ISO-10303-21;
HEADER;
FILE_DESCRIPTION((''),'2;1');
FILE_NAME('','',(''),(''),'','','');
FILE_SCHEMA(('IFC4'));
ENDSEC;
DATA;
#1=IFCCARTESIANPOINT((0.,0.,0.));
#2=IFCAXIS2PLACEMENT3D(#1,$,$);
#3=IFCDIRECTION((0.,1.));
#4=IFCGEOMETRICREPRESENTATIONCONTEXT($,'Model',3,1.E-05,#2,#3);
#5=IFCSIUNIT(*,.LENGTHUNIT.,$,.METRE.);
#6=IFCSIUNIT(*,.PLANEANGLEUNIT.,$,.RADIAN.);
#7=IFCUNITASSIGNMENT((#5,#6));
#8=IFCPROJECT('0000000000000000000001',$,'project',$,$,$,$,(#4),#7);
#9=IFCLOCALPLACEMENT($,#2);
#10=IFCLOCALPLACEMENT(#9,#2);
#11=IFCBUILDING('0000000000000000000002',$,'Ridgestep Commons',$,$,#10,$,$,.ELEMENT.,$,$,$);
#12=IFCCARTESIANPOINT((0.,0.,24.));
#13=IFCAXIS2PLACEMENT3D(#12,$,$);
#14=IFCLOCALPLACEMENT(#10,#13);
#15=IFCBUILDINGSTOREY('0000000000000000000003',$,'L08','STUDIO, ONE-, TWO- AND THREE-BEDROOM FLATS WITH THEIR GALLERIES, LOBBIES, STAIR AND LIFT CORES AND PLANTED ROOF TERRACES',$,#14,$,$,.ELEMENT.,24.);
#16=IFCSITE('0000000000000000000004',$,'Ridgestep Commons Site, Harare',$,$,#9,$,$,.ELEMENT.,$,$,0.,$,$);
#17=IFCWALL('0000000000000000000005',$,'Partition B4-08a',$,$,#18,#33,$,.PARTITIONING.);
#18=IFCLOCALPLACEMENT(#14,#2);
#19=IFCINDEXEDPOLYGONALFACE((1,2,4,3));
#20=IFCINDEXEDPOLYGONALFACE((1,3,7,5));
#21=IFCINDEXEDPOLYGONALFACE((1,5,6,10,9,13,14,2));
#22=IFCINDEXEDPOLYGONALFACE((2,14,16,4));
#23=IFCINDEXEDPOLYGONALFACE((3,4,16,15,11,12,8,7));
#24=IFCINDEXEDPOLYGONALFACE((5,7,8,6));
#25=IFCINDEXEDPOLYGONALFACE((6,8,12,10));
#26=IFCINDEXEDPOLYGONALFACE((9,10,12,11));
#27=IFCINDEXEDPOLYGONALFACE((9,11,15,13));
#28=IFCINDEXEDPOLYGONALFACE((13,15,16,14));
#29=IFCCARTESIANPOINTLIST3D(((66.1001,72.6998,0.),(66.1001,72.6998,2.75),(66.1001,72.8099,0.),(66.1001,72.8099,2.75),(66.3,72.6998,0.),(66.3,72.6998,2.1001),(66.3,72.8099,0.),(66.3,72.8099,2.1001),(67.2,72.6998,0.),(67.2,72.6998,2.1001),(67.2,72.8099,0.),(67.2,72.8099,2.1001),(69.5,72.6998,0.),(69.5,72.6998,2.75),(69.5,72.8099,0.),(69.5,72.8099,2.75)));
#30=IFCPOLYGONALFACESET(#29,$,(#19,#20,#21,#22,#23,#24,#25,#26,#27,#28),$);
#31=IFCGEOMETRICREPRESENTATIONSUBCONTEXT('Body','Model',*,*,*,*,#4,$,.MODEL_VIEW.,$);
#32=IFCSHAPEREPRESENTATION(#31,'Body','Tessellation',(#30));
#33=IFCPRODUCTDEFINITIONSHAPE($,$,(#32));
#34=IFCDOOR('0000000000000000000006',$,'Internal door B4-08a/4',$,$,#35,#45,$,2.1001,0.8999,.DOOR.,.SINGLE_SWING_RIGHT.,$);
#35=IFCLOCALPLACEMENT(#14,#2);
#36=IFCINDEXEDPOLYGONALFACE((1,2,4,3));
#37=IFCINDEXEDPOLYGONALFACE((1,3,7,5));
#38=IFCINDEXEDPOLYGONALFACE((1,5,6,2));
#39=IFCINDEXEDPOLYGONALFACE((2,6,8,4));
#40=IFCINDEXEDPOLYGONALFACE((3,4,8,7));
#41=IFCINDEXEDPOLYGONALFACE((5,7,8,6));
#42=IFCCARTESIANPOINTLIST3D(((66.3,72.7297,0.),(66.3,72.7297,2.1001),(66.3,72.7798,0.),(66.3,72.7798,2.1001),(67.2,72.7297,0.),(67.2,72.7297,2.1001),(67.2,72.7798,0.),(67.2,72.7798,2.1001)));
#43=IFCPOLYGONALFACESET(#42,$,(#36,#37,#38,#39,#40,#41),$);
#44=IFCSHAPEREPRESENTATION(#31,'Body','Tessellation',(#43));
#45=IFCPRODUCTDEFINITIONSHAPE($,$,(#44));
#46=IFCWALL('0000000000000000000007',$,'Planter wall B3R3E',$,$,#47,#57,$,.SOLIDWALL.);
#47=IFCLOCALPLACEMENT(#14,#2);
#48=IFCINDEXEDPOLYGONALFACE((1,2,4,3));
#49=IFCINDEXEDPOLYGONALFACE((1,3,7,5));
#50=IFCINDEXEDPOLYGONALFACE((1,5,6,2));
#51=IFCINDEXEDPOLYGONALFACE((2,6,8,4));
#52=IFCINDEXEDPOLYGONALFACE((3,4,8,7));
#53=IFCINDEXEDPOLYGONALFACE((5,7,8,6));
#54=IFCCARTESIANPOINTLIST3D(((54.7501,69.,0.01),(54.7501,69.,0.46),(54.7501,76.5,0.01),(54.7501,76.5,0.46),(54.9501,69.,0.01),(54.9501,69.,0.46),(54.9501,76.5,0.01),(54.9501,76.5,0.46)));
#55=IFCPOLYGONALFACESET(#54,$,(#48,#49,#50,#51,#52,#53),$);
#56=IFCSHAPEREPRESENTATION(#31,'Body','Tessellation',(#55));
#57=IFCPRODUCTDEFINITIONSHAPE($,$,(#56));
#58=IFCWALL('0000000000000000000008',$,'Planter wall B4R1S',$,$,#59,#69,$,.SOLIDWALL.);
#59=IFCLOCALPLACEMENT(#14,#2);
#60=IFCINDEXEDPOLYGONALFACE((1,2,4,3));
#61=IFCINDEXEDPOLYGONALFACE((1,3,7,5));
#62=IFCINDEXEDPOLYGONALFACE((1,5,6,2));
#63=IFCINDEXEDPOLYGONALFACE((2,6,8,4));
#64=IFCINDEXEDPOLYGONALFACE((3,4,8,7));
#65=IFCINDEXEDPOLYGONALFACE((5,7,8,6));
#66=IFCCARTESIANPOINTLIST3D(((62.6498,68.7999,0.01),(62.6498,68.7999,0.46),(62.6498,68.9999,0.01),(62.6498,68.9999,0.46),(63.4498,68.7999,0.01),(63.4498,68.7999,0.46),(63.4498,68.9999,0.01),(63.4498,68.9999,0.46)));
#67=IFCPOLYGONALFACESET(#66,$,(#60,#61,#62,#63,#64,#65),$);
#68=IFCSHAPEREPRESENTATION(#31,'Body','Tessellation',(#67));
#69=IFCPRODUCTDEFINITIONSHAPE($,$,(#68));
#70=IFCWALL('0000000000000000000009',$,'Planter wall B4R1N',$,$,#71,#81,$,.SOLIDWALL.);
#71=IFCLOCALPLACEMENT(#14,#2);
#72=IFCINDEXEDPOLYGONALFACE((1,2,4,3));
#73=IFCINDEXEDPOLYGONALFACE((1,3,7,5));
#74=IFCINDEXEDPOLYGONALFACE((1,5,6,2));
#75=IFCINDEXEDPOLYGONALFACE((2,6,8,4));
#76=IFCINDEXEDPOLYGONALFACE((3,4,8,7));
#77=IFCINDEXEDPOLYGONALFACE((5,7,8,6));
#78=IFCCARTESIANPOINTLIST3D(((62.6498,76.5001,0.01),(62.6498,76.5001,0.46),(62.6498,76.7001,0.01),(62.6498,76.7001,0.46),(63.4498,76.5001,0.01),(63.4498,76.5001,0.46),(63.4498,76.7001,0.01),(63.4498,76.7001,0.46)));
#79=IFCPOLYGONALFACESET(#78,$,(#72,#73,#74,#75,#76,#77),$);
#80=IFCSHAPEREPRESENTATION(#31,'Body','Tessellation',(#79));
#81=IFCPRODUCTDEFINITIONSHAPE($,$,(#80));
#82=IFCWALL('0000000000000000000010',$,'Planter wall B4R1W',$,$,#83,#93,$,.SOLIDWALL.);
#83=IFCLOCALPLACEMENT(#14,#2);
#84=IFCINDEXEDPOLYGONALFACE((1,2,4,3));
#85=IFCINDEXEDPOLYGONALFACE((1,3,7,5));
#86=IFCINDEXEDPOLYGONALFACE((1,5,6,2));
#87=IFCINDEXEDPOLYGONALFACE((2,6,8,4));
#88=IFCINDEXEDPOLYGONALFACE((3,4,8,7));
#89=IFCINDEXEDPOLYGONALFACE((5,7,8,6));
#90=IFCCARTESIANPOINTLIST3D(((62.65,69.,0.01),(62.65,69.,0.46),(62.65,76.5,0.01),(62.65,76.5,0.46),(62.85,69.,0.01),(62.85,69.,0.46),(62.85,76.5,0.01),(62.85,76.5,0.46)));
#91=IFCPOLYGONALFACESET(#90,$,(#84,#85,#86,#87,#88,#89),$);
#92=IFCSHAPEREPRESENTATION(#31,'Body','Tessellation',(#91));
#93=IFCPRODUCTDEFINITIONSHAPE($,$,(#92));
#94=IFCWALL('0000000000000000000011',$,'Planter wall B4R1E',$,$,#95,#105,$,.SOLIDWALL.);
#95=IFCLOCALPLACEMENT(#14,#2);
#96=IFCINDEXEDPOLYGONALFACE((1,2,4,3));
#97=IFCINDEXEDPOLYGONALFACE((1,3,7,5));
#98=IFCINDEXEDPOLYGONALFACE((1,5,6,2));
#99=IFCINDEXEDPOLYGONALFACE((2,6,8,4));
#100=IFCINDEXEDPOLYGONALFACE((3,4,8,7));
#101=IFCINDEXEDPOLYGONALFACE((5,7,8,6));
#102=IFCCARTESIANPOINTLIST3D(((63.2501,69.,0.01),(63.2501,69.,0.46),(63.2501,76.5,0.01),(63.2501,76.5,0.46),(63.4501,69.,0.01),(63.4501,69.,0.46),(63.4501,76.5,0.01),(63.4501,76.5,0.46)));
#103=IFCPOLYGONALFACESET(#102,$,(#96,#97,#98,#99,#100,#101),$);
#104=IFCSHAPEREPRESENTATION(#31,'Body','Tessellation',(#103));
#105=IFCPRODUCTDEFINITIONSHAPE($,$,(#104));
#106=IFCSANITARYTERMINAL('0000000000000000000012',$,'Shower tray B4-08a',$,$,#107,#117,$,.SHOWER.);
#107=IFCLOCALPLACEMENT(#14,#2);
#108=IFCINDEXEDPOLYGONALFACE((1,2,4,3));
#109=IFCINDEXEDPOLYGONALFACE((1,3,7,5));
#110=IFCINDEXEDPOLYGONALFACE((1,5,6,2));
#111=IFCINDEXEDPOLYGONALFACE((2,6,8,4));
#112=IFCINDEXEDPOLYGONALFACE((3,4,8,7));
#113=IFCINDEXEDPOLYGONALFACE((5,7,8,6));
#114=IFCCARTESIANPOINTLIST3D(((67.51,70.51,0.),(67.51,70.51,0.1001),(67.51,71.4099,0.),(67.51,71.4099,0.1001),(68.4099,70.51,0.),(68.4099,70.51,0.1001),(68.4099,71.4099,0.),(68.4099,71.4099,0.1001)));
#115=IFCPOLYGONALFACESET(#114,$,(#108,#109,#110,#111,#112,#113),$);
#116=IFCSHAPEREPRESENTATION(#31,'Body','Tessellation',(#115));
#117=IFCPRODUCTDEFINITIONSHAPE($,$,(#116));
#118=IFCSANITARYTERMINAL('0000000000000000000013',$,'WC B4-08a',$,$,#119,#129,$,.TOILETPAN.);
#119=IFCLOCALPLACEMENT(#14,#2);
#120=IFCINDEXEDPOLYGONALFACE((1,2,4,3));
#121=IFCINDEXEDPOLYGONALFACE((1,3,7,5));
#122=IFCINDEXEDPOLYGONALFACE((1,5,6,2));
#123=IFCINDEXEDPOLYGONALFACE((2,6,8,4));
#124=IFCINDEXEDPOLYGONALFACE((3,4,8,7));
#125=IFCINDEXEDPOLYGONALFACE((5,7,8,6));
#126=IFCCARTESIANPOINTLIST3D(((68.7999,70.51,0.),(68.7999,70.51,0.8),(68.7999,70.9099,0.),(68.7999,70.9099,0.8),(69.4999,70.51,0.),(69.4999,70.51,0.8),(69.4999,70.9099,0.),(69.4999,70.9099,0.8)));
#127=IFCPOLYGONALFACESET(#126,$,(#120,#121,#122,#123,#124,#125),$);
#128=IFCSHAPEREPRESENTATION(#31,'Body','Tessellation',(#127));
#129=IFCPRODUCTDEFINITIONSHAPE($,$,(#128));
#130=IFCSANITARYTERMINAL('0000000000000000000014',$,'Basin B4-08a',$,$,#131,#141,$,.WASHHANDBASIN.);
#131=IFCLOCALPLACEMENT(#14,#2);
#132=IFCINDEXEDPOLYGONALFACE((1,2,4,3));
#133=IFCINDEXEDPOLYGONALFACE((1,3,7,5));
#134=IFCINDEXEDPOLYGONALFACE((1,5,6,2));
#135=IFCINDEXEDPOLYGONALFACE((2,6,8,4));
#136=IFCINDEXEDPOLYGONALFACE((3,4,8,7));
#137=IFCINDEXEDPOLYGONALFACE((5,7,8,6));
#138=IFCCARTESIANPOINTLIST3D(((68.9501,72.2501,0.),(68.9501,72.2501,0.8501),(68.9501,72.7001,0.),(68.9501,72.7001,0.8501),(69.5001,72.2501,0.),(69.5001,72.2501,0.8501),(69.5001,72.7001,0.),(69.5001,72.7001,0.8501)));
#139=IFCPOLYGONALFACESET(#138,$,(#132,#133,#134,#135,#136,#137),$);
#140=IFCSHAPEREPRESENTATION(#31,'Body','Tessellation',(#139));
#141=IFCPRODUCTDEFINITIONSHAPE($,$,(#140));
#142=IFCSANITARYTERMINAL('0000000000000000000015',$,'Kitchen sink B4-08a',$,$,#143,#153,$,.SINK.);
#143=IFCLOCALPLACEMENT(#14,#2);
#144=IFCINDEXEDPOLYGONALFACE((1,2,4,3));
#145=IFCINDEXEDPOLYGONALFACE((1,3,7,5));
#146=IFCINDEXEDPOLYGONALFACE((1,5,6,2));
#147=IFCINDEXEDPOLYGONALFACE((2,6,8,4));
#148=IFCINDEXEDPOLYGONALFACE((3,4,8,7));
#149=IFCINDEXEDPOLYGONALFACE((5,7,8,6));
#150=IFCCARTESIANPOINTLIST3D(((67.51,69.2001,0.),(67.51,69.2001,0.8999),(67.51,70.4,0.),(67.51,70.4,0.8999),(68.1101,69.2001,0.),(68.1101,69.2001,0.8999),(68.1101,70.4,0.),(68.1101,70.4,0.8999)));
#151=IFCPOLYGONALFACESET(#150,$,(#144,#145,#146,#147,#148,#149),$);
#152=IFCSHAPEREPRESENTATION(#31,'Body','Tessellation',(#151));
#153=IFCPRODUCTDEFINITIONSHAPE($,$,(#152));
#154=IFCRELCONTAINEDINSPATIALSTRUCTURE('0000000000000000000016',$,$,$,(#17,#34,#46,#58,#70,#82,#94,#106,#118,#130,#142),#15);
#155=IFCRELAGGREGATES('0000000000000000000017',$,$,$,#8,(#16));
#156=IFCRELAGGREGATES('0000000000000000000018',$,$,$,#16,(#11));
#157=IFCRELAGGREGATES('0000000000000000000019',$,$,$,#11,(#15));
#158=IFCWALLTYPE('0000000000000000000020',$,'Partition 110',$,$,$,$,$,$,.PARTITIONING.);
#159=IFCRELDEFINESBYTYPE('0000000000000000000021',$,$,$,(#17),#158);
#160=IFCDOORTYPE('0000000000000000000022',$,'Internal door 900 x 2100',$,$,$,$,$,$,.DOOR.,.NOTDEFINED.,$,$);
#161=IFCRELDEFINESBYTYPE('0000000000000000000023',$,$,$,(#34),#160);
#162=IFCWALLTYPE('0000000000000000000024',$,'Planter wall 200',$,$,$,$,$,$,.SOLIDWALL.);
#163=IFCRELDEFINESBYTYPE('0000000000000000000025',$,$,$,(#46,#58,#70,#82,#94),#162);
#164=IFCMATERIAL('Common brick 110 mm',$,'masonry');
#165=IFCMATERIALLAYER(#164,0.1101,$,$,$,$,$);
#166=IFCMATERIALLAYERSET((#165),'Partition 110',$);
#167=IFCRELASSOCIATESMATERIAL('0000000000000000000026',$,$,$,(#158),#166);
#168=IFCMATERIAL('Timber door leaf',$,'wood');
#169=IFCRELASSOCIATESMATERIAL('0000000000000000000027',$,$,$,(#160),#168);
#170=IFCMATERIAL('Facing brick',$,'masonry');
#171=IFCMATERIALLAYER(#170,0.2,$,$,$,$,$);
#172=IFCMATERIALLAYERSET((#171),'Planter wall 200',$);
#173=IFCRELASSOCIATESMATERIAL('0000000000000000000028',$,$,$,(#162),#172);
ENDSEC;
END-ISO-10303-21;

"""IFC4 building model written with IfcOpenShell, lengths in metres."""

from ifc_helpers import new_model, si_unit, direction, frame, frame_2d, origin, origin_2d, place, context, subcontext, project, spatial, rectangle, extrude, material, layer, layer_set, type_object, element, fill, save


model = new_model("IFC4")

# Units and contexts
model_context = context("Model", 3, precision=1e-05, world=origin(), true_north=direction((0.0, 1.0)))
body_context = subcontext(model_context, "Body", "Model", "MODEL_VIEW")
ifc_project = project(units=[si_unit("LENGTHUNIT", "METRE"), si_unit("PLANEANGLEUNIT", "RADIAN")], contexts=[model_context])

# Site, building, storey
site_placement = place(None, origin())
site = spatial("IfcSite", under=ifc_project, at=site_placement, Name="Ridgestep Commons Site, Harare", CompositionType="ELEMENT", RefElevation=0.0)
building_placement = place(site_placement, origin())
building = spatial("IfcBuilding", under=site, at=building_placement, Name="Ridgestep Commons", CompositionType="ELEMENT")
storey_placement = place(building_placement, frame((0.0, 0.0, 24.0)))
storey = spatial("IfcBuildingStorey", under=building, at=storey_placement, Name="L08", Description="STUDIO, ONE-, TWO- AND THREE-BEDROOM FLATS WITH THEIR GALLERIES, LOBBIES, STAIR AND LIFT CORES AND PLANTED ROOF TERRACES", CompositionType="ELEMENT", Elevation=24.0)

# Shared definitions
ifc_material_1 = material(Name="Common brick 110 mm", Category="masonry")
ifc_layer_1 = layer(ifc_material_1, 0.1101)
ifc_layer_set_1 = layer_set([ifc_layer_1], Name="Partition 110")
wall_type_1 = type_object("IfcWallType", Name="Partition 110", PredefinedType="PARTITIONING", material=ifc_layer_set_1)

# Wall, opening, door
wall_1_placement = place(storey_placement, frame((66.1001, 72.7549, 0.0), z_axis=(0.0, 0.0, 1.0), x_axis=(1.0, 0.0, 0.0)))
wall_1 = element("IfcWall", 1, at=wall_1_placement, inside=storey, type_object=wall_type_1, Name="Partition B4-08a", PredefinedType="PARTITIONING", context=body_context, shape_type="SweptSolid", body=[
    extrude(rectangle(XDim=3.3999, YDim=0.1101, at=frame_2d((1.7, 0.0))), origin(), (0.0, 0.0, 1.0), 2.75),
])
opening_1_placement = place(wall_1_placement, frame((0.2, 0.0, 0.0)))
opening_1 = element("IfcOpeningElement", 2, at=opening_1_placement, cuts=wall_1, PredefinedType="OPENING", context=body_context, shape_type="SweptSolid", body=[
    extrude(rectangle(XDim=0.8999, YDim=2.1001, at=frame_2d((0.45, 1.05))), frame((0.0, 0.0649, 0.0), z_axis=(0.0, -1.0, 0.0), x_axis=(1.0, 0.0, 0.0)), (0.0, 0.0, 1.0), 0.1301),
])
ifc_material_2 = material(Name="Timber door leaf", Category="wood")
door_type_1 = type_object("IfcDoorType", Name="Internal door 900 x 2100", OperationType="NOTDEFINED", PredefinedType="DOOR", material=ifc_material_2)
door_1_placement = place(opening_1_placement, origin())
door_1 = element("IfcDoor", 3, at=door_1_placement, inside=storey, type_object=door_type_1, Name="Internal door B4-08a/4", OperationType="SINGLE_SWING_RIGHT", OverallHeight=2.1001, OverallWidth=0.8999, PredefinedType="DOOR", context=body_context, shape_type="SweptSolid", body=[
    extrude(rectangle(XDim=0.8999, YDim=2.1001, at=frame_2d((0.45, 1.05))), frame((0.0, 0.0249, 0.0), z_axis=(0.0, -1.0, 0.0), x_axis=(1.0, 0.0, 0.0)), (0.0, 0.0, 1.0), 0.05),
])
fill(opening_1, door_1)

# Walls
ifc_material_3 = material(Name="Facing brick", Category="masonry")
ifc_layer_2 = layer(ifc_material_3, 0.2)
ifc_layer_set_2 = layer_set([ifc_layer_2], Name="Planter wall 200")
wall_type_2 = type_object("IfcWallType", Name="Planter wall 200", PredefinedType="SOLIDWALL", material=ifc_layer_set_2)
wall_2_placement = place(storey_placement, frame((54.8501, 69.0, 0.01), z_axis=(0.0, 0.0, 1.0), x_axis=(0.0, 1.0, 0.0)))
element("IfcWall", 4, at=wall_2_placement, inside=storey, type_object=wall_type_2, Name="Planter wall B3R3E", PredefinedType="SOLIDWALL", context=body_context, shape_type="SweptSolid", body=[
    extrude(rectangle(XDim=7.5, YDim=0.2, at=frame_2d((3.75, 0.0))), origin(), (0.0, 0.0, 1.0), 0.45),
])
for number, where, z_axis, x_axis, name in (
    (5, (62.6499, 68.8999, 0.01), (0.0, 0.0, 1.0), (1.0, 0.0, 0.0), "Planter wall B4R1S"),
    (6, (62.6499, 76.6001, 0.01), (0.0, 0.0, 1.0), (1.0, 0.0, 0.0), "Planter wall B4R1N"),
):
    element("IfcWall", number, at=place(storey_placement, frame(where, z_axis=z_axis, x_axis=x_axis)), inside=storey, type_object=wall_type_2, Name=name, PredefinedType="SOLIDWALL", context=body_context, shape_type="SweptSolid", body=[
        extrude(rectangle(XDim=0.8, YDim=0.2, at=frame_2d((0.3999, 0.0))), origin(), (0.0, 0.0, 1.0), 0.45),
    ])
for number, where, z_axis, x_axis, name in (
    (7, (62.75, 69.0, 0.01), (0.0, 0.0, 1.0), (0.0, 1.0, 0.0), "Planter wall B4R1W"),
    (8, (63.3501, 69.0, 0.01), (0.0, 0.0, 1.0), (0.0, 1.0, 0.0), "Planter wall B4R1E"),
):
    element("IfcWall", number, at=place(storey_placement, frame(where, z_axis=z_axis, x_axis=x_axis)), inside=storey, type_object=wall_type_2, Name=name, PredefinedType="SOLIDWALL", context=body_context, shape_type="SweptSolid", body=[
        extrude(rectangle(XDim=7.5, YDim=0.2, at=frame_2d((3.75, 0.0))), origin(), (0.0, 0.0, 1.0), 0.45),
    ])

# Sanitary terminals
sanitary_terminal_1_placement = place(storey_placement, frame((67.96, 70.96, 0.0), z_axis=(0.0, 0.0, 1.0), x_axis=(1.0, 0.0, 0.0)))
element("IfcSanitaryTerminal", 9, at=sanitary_terminal_1_placement, inside=storey, Name="Shower tray B4-08a", PredefinedType="SHOWER", context=body_context, shape_type="SweptSolid", body=[
    extrude(rectangle(XDim=0.8999, YDim=0.8999, at=origin_2d()), origin(), (0.0, 0.0, 1.0), 0.1001),
])
sanitary_terminal_2_placement = place(storey_placement, frame((69.1499, 70.71, 0.0), z_axis=(0.0, 0.0, 1.0), x_axis=(1.0, 0.0, 0.0)))
element("IfcSanitaryTerminal", 10, at=sanitary_terminal_2_placement, inside=storey, Name="WC B4-08a", PredefinedType="TOILETPAN", context=body_context, shape_type="SweptSolid", body=[
    extrude(rectangle(XDim=0.7, YDim=0.3999, at=origin_2d()), origin(), (0.0, 0.0, 1.0), 0.8),
])
sanitary_terminal_3_placement = place(storey_placement, frame((69.2251, 72.4751, 0.0), z_axis=(0.0, 0.0, 1.0), x_axis=(1.0, 0.0, 0.0)))
element("IfcSanitaryTerminal", 11, at=sanitary_terminal_3_placement, inside=storey, Name="Basin B4-08a", PredefinedType="WASHHANDBASIN", context=body_context, shape_type="SweptSolid", body=[
    extrude(rectangle(XDim=0.55, YDim=0.45, at=origin_2d()), origin(), (0.0, 0.0, 1.0), 0.8501),
])
sanitary_terminal_4_placement = place(storey_placement, frame((67.8101, 69.8, 0.0), z_axis=(0.0, 0.0, 1.0), x_axis=(1.0, 0.0, 0.0)))
element("IfcSanitaryTerminal", 12, at=sanitary_terminal_4_placement, inside=storey, Name="Kitchen sink B4-08a", PredefinedType="SINK", context=body_context, shape_type="SweptSolid", body=[
    extrude(rectangle(XDim=0.6001, YDim=1.2, at=origin_2d()), origin(), (0.0, 0.0, 1.0), 0.8999),
])

save(model, "model.ifc")
